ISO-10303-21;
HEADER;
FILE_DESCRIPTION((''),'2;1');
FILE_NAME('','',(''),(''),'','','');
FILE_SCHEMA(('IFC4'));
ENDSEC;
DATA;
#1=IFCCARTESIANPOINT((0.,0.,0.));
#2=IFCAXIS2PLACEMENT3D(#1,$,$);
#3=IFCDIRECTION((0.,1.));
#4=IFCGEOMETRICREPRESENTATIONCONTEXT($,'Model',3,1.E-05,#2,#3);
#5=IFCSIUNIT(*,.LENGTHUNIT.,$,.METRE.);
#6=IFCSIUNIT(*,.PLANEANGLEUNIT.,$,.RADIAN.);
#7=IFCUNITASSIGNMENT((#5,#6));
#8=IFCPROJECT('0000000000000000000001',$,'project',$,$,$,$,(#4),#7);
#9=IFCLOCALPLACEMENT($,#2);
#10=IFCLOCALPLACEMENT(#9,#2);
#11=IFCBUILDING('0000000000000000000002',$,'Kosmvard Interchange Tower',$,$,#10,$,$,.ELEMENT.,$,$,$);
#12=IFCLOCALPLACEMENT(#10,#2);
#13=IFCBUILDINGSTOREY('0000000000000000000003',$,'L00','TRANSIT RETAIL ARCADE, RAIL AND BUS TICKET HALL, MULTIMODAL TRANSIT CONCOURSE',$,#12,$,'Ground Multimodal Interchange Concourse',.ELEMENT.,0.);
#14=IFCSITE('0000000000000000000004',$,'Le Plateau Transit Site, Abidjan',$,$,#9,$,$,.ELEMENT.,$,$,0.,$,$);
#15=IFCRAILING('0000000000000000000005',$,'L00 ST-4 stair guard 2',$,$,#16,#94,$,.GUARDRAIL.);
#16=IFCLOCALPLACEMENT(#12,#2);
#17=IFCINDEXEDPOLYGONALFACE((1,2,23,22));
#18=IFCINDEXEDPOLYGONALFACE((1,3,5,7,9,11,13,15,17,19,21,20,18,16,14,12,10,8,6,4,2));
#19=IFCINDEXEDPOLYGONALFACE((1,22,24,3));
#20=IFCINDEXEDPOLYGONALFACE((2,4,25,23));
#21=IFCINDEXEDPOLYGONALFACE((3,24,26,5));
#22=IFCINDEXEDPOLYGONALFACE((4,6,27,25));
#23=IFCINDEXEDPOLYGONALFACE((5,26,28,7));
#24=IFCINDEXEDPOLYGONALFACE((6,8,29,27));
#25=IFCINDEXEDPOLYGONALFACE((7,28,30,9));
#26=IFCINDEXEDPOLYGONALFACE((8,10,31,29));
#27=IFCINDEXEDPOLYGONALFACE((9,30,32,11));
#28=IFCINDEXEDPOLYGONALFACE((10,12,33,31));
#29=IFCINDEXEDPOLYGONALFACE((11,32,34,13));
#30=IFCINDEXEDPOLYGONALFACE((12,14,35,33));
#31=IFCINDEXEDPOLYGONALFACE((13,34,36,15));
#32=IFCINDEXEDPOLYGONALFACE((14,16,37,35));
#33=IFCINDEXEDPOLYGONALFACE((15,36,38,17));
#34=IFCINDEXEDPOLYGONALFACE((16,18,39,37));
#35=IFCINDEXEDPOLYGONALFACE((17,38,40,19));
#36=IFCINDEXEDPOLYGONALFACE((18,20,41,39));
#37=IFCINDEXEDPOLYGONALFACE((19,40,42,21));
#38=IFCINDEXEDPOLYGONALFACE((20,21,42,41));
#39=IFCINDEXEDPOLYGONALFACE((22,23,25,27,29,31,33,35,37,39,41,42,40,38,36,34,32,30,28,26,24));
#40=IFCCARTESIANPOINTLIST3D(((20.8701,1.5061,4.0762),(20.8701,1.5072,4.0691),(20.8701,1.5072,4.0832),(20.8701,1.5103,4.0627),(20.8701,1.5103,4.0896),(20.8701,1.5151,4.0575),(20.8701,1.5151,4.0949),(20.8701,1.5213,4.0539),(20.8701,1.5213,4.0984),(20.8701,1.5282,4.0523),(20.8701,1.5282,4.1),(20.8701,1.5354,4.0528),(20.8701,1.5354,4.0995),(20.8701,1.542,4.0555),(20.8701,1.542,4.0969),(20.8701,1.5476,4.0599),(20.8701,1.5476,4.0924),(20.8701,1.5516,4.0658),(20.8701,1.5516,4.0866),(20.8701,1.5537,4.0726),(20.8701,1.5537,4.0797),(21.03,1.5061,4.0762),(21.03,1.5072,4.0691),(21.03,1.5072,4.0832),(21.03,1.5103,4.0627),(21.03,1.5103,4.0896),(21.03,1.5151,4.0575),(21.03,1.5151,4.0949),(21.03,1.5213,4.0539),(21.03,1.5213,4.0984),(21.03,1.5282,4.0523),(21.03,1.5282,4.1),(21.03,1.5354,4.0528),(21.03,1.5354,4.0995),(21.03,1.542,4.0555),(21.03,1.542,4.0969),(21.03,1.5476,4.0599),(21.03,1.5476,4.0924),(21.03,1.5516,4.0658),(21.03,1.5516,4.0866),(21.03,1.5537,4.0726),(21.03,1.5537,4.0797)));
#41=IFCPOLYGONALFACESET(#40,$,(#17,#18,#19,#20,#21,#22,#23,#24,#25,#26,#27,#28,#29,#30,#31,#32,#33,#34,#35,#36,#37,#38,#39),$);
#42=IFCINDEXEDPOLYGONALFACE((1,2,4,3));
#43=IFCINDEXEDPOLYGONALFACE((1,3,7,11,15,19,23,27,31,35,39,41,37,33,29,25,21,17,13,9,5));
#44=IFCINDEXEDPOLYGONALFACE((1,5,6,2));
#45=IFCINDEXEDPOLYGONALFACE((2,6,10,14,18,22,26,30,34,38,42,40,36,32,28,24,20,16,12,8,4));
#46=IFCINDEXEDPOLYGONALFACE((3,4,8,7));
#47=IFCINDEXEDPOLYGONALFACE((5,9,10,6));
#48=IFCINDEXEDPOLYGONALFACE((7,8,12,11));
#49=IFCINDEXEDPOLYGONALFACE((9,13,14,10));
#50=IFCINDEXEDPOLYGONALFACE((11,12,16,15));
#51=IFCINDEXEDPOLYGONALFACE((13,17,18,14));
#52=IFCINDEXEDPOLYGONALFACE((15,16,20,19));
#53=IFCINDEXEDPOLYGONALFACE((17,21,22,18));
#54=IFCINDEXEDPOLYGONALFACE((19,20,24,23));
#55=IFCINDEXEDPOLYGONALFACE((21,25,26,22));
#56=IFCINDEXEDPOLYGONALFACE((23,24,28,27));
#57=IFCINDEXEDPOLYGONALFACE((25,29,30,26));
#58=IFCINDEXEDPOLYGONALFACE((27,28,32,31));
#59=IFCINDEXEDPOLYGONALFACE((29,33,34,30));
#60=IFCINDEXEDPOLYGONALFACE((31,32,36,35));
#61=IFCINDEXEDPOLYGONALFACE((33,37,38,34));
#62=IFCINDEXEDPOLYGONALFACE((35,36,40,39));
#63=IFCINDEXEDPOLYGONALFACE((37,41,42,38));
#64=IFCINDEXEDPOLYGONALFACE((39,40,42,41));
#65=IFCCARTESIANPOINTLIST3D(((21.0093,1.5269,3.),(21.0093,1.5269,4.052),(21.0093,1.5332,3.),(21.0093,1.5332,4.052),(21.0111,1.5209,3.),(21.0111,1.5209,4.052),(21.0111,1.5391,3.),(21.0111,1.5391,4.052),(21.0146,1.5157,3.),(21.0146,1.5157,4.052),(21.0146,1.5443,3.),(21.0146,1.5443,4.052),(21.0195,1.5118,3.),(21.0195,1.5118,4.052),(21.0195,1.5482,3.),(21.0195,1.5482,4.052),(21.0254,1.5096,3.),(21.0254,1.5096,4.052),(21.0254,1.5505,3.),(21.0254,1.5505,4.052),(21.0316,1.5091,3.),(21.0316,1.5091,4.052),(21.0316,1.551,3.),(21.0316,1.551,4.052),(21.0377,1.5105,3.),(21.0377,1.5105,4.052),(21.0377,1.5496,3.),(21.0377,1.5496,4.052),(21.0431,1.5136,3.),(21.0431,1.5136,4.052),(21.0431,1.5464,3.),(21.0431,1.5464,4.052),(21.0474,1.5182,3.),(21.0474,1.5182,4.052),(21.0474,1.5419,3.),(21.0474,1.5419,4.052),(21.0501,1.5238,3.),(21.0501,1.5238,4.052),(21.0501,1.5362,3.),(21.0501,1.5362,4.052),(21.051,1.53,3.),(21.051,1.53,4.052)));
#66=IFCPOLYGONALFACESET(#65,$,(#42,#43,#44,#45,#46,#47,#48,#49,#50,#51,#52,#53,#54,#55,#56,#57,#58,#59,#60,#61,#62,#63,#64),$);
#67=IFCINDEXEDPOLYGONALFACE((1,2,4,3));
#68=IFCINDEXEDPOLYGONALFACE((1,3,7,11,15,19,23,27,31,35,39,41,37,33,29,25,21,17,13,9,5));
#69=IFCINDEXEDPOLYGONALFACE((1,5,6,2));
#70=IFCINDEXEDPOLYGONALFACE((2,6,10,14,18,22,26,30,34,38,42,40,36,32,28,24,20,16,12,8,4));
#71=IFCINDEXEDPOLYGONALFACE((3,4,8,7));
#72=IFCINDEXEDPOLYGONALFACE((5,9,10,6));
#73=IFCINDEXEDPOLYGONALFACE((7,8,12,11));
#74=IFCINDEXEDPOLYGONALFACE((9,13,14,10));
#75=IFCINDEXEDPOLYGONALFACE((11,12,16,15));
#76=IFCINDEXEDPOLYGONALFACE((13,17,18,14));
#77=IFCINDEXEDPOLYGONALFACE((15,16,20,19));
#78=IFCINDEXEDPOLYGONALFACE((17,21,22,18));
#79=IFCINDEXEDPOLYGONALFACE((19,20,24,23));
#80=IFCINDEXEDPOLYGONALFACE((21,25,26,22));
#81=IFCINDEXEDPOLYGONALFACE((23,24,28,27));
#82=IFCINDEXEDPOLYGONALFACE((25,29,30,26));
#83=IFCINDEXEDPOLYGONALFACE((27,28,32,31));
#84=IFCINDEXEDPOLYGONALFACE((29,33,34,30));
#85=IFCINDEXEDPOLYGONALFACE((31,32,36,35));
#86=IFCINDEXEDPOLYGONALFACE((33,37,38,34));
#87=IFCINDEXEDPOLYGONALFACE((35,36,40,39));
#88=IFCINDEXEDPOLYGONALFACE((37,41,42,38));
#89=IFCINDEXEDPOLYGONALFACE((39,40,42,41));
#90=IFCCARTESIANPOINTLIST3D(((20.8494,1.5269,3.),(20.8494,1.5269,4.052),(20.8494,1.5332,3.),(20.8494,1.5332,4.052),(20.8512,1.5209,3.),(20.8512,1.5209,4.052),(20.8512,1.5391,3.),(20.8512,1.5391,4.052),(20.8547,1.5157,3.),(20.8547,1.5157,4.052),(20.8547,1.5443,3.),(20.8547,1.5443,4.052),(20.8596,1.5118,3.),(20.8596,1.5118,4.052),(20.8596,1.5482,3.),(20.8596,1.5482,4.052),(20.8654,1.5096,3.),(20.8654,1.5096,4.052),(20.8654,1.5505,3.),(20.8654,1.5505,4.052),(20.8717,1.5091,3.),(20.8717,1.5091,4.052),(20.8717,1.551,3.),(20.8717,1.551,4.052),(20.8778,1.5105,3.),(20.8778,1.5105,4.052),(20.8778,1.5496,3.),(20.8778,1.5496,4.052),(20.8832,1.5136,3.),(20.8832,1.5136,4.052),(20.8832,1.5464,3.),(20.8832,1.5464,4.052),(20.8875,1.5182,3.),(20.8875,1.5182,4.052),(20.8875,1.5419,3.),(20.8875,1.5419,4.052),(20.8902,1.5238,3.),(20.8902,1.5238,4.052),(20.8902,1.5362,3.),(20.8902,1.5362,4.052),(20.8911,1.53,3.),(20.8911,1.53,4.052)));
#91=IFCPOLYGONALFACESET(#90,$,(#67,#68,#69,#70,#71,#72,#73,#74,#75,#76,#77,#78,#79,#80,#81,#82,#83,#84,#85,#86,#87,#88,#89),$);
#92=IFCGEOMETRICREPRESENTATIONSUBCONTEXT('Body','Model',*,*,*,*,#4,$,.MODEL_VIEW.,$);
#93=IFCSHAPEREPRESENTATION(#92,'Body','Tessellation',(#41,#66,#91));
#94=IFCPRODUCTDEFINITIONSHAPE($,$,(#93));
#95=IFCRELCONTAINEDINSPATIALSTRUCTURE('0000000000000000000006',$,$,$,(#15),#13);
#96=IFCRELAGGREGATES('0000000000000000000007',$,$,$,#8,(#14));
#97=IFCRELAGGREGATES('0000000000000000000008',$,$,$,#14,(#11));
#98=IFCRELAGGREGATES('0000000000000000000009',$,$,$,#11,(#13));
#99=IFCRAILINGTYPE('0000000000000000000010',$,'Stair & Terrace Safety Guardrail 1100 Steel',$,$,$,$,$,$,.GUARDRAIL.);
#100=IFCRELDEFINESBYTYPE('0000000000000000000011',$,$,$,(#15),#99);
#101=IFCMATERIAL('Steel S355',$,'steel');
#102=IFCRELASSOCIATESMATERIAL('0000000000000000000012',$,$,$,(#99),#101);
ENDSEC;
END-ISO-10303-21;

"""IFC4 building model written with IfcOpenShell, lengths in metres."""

from ifc_helpers import new_model, si_unit, direction, frame, origin, origin_2d, place, context, subcontext, project, spatial, circle, extrude, source, transform, mapped, material, type_object, element, save


model = new_model("IFC4")

# Units and contexts
model_context = context("Model", 3, precision=1e-05, world=origin(), true_north=direction((0.0, 1.0)))
body_context = subcontext(model_context, "Body", "Model", "MODEL_VIEW")
ifc_project = project(units=[si_unit("LENGTHUNIT", "METRE"), si_unit("PLANEANGLEUNIT", "RADIAN")], contexts=[model_context])

# Site, building, storey
site_placement = place(None, origin())
site = spatial("IfcSite", under=ifc_project, at=site_placement, Name="Le Plateau Transit Site, Abidjan", CompositionType="ELEMENT", RefElevation=0.0)
building_placement = place(site_placement, origin())
building = spatial("IfcBuilding", under=site, at=building_placement, Name="Kosmvard Interchange Tower", CompositionType="ELEMENT")
storey_placement = place(building_placement, origin())
storey = spatial("IfcBuildingStorey", under=building, at=storey_placement, Name="L00", Description="TRANSIT RETAIL ARCADE, RAIL AND BUS TICKET HALL, MULTIMODAL TRANSIT CONCOURSE", LongName="Ground Multimodal Interchange Concourse", CompositionType="ELEMENT", Elevation=0.0)

# Shared definitions
ifc_material_1 = material(Name="Steel S355", Category="steel")

# Railing
railing_type_1 = type_object("IfcRailingType", Name="Stair & Terrace Safety Guardrail 1100 Steel", PredefinedType="GUARDRAIL", material=ifc_material_1)
shared_shape_1 = source(origin(), body_context, "Body", "SweptSolid", [
    extrude(circle(Radius=0.0239, at=origin_2d()), frame((0.0, 0.0, 1.0762), z_axis=(-1.0, 0.0, 0.0), x_axis=(0.0, -1.0, 0.0)), (0.0, 0.0, 1.0), 0.1599),
    extrude(circle(Radius=0.021, at=origin_2d()), origin(), (0.0, 0.0, 1.0), 1.052),
    extrude(circle(Radius=0.021, at=origin_2d()), frame((-0.1599, 0.0, 0.0)), (0.0, 0.0, 1.0), 1.052),
])
railing_1_placement = place(storey_placement, frame((21.03, 1.53, 3.0)))
element("IfcRailing", 1, at=railing_1_placement, inside=storey, type_object=railing_type_1, Name="L00 ST-4 stair guard 2", PredefinedType="GUARDRAIL", context=body_context, shape_type="MappedRepresentation", body=[
    mapped(shared_shape_1, transform((0.0, 0.0, 0.0), scale=1.0)),
])

save(model, "model.ifc")
